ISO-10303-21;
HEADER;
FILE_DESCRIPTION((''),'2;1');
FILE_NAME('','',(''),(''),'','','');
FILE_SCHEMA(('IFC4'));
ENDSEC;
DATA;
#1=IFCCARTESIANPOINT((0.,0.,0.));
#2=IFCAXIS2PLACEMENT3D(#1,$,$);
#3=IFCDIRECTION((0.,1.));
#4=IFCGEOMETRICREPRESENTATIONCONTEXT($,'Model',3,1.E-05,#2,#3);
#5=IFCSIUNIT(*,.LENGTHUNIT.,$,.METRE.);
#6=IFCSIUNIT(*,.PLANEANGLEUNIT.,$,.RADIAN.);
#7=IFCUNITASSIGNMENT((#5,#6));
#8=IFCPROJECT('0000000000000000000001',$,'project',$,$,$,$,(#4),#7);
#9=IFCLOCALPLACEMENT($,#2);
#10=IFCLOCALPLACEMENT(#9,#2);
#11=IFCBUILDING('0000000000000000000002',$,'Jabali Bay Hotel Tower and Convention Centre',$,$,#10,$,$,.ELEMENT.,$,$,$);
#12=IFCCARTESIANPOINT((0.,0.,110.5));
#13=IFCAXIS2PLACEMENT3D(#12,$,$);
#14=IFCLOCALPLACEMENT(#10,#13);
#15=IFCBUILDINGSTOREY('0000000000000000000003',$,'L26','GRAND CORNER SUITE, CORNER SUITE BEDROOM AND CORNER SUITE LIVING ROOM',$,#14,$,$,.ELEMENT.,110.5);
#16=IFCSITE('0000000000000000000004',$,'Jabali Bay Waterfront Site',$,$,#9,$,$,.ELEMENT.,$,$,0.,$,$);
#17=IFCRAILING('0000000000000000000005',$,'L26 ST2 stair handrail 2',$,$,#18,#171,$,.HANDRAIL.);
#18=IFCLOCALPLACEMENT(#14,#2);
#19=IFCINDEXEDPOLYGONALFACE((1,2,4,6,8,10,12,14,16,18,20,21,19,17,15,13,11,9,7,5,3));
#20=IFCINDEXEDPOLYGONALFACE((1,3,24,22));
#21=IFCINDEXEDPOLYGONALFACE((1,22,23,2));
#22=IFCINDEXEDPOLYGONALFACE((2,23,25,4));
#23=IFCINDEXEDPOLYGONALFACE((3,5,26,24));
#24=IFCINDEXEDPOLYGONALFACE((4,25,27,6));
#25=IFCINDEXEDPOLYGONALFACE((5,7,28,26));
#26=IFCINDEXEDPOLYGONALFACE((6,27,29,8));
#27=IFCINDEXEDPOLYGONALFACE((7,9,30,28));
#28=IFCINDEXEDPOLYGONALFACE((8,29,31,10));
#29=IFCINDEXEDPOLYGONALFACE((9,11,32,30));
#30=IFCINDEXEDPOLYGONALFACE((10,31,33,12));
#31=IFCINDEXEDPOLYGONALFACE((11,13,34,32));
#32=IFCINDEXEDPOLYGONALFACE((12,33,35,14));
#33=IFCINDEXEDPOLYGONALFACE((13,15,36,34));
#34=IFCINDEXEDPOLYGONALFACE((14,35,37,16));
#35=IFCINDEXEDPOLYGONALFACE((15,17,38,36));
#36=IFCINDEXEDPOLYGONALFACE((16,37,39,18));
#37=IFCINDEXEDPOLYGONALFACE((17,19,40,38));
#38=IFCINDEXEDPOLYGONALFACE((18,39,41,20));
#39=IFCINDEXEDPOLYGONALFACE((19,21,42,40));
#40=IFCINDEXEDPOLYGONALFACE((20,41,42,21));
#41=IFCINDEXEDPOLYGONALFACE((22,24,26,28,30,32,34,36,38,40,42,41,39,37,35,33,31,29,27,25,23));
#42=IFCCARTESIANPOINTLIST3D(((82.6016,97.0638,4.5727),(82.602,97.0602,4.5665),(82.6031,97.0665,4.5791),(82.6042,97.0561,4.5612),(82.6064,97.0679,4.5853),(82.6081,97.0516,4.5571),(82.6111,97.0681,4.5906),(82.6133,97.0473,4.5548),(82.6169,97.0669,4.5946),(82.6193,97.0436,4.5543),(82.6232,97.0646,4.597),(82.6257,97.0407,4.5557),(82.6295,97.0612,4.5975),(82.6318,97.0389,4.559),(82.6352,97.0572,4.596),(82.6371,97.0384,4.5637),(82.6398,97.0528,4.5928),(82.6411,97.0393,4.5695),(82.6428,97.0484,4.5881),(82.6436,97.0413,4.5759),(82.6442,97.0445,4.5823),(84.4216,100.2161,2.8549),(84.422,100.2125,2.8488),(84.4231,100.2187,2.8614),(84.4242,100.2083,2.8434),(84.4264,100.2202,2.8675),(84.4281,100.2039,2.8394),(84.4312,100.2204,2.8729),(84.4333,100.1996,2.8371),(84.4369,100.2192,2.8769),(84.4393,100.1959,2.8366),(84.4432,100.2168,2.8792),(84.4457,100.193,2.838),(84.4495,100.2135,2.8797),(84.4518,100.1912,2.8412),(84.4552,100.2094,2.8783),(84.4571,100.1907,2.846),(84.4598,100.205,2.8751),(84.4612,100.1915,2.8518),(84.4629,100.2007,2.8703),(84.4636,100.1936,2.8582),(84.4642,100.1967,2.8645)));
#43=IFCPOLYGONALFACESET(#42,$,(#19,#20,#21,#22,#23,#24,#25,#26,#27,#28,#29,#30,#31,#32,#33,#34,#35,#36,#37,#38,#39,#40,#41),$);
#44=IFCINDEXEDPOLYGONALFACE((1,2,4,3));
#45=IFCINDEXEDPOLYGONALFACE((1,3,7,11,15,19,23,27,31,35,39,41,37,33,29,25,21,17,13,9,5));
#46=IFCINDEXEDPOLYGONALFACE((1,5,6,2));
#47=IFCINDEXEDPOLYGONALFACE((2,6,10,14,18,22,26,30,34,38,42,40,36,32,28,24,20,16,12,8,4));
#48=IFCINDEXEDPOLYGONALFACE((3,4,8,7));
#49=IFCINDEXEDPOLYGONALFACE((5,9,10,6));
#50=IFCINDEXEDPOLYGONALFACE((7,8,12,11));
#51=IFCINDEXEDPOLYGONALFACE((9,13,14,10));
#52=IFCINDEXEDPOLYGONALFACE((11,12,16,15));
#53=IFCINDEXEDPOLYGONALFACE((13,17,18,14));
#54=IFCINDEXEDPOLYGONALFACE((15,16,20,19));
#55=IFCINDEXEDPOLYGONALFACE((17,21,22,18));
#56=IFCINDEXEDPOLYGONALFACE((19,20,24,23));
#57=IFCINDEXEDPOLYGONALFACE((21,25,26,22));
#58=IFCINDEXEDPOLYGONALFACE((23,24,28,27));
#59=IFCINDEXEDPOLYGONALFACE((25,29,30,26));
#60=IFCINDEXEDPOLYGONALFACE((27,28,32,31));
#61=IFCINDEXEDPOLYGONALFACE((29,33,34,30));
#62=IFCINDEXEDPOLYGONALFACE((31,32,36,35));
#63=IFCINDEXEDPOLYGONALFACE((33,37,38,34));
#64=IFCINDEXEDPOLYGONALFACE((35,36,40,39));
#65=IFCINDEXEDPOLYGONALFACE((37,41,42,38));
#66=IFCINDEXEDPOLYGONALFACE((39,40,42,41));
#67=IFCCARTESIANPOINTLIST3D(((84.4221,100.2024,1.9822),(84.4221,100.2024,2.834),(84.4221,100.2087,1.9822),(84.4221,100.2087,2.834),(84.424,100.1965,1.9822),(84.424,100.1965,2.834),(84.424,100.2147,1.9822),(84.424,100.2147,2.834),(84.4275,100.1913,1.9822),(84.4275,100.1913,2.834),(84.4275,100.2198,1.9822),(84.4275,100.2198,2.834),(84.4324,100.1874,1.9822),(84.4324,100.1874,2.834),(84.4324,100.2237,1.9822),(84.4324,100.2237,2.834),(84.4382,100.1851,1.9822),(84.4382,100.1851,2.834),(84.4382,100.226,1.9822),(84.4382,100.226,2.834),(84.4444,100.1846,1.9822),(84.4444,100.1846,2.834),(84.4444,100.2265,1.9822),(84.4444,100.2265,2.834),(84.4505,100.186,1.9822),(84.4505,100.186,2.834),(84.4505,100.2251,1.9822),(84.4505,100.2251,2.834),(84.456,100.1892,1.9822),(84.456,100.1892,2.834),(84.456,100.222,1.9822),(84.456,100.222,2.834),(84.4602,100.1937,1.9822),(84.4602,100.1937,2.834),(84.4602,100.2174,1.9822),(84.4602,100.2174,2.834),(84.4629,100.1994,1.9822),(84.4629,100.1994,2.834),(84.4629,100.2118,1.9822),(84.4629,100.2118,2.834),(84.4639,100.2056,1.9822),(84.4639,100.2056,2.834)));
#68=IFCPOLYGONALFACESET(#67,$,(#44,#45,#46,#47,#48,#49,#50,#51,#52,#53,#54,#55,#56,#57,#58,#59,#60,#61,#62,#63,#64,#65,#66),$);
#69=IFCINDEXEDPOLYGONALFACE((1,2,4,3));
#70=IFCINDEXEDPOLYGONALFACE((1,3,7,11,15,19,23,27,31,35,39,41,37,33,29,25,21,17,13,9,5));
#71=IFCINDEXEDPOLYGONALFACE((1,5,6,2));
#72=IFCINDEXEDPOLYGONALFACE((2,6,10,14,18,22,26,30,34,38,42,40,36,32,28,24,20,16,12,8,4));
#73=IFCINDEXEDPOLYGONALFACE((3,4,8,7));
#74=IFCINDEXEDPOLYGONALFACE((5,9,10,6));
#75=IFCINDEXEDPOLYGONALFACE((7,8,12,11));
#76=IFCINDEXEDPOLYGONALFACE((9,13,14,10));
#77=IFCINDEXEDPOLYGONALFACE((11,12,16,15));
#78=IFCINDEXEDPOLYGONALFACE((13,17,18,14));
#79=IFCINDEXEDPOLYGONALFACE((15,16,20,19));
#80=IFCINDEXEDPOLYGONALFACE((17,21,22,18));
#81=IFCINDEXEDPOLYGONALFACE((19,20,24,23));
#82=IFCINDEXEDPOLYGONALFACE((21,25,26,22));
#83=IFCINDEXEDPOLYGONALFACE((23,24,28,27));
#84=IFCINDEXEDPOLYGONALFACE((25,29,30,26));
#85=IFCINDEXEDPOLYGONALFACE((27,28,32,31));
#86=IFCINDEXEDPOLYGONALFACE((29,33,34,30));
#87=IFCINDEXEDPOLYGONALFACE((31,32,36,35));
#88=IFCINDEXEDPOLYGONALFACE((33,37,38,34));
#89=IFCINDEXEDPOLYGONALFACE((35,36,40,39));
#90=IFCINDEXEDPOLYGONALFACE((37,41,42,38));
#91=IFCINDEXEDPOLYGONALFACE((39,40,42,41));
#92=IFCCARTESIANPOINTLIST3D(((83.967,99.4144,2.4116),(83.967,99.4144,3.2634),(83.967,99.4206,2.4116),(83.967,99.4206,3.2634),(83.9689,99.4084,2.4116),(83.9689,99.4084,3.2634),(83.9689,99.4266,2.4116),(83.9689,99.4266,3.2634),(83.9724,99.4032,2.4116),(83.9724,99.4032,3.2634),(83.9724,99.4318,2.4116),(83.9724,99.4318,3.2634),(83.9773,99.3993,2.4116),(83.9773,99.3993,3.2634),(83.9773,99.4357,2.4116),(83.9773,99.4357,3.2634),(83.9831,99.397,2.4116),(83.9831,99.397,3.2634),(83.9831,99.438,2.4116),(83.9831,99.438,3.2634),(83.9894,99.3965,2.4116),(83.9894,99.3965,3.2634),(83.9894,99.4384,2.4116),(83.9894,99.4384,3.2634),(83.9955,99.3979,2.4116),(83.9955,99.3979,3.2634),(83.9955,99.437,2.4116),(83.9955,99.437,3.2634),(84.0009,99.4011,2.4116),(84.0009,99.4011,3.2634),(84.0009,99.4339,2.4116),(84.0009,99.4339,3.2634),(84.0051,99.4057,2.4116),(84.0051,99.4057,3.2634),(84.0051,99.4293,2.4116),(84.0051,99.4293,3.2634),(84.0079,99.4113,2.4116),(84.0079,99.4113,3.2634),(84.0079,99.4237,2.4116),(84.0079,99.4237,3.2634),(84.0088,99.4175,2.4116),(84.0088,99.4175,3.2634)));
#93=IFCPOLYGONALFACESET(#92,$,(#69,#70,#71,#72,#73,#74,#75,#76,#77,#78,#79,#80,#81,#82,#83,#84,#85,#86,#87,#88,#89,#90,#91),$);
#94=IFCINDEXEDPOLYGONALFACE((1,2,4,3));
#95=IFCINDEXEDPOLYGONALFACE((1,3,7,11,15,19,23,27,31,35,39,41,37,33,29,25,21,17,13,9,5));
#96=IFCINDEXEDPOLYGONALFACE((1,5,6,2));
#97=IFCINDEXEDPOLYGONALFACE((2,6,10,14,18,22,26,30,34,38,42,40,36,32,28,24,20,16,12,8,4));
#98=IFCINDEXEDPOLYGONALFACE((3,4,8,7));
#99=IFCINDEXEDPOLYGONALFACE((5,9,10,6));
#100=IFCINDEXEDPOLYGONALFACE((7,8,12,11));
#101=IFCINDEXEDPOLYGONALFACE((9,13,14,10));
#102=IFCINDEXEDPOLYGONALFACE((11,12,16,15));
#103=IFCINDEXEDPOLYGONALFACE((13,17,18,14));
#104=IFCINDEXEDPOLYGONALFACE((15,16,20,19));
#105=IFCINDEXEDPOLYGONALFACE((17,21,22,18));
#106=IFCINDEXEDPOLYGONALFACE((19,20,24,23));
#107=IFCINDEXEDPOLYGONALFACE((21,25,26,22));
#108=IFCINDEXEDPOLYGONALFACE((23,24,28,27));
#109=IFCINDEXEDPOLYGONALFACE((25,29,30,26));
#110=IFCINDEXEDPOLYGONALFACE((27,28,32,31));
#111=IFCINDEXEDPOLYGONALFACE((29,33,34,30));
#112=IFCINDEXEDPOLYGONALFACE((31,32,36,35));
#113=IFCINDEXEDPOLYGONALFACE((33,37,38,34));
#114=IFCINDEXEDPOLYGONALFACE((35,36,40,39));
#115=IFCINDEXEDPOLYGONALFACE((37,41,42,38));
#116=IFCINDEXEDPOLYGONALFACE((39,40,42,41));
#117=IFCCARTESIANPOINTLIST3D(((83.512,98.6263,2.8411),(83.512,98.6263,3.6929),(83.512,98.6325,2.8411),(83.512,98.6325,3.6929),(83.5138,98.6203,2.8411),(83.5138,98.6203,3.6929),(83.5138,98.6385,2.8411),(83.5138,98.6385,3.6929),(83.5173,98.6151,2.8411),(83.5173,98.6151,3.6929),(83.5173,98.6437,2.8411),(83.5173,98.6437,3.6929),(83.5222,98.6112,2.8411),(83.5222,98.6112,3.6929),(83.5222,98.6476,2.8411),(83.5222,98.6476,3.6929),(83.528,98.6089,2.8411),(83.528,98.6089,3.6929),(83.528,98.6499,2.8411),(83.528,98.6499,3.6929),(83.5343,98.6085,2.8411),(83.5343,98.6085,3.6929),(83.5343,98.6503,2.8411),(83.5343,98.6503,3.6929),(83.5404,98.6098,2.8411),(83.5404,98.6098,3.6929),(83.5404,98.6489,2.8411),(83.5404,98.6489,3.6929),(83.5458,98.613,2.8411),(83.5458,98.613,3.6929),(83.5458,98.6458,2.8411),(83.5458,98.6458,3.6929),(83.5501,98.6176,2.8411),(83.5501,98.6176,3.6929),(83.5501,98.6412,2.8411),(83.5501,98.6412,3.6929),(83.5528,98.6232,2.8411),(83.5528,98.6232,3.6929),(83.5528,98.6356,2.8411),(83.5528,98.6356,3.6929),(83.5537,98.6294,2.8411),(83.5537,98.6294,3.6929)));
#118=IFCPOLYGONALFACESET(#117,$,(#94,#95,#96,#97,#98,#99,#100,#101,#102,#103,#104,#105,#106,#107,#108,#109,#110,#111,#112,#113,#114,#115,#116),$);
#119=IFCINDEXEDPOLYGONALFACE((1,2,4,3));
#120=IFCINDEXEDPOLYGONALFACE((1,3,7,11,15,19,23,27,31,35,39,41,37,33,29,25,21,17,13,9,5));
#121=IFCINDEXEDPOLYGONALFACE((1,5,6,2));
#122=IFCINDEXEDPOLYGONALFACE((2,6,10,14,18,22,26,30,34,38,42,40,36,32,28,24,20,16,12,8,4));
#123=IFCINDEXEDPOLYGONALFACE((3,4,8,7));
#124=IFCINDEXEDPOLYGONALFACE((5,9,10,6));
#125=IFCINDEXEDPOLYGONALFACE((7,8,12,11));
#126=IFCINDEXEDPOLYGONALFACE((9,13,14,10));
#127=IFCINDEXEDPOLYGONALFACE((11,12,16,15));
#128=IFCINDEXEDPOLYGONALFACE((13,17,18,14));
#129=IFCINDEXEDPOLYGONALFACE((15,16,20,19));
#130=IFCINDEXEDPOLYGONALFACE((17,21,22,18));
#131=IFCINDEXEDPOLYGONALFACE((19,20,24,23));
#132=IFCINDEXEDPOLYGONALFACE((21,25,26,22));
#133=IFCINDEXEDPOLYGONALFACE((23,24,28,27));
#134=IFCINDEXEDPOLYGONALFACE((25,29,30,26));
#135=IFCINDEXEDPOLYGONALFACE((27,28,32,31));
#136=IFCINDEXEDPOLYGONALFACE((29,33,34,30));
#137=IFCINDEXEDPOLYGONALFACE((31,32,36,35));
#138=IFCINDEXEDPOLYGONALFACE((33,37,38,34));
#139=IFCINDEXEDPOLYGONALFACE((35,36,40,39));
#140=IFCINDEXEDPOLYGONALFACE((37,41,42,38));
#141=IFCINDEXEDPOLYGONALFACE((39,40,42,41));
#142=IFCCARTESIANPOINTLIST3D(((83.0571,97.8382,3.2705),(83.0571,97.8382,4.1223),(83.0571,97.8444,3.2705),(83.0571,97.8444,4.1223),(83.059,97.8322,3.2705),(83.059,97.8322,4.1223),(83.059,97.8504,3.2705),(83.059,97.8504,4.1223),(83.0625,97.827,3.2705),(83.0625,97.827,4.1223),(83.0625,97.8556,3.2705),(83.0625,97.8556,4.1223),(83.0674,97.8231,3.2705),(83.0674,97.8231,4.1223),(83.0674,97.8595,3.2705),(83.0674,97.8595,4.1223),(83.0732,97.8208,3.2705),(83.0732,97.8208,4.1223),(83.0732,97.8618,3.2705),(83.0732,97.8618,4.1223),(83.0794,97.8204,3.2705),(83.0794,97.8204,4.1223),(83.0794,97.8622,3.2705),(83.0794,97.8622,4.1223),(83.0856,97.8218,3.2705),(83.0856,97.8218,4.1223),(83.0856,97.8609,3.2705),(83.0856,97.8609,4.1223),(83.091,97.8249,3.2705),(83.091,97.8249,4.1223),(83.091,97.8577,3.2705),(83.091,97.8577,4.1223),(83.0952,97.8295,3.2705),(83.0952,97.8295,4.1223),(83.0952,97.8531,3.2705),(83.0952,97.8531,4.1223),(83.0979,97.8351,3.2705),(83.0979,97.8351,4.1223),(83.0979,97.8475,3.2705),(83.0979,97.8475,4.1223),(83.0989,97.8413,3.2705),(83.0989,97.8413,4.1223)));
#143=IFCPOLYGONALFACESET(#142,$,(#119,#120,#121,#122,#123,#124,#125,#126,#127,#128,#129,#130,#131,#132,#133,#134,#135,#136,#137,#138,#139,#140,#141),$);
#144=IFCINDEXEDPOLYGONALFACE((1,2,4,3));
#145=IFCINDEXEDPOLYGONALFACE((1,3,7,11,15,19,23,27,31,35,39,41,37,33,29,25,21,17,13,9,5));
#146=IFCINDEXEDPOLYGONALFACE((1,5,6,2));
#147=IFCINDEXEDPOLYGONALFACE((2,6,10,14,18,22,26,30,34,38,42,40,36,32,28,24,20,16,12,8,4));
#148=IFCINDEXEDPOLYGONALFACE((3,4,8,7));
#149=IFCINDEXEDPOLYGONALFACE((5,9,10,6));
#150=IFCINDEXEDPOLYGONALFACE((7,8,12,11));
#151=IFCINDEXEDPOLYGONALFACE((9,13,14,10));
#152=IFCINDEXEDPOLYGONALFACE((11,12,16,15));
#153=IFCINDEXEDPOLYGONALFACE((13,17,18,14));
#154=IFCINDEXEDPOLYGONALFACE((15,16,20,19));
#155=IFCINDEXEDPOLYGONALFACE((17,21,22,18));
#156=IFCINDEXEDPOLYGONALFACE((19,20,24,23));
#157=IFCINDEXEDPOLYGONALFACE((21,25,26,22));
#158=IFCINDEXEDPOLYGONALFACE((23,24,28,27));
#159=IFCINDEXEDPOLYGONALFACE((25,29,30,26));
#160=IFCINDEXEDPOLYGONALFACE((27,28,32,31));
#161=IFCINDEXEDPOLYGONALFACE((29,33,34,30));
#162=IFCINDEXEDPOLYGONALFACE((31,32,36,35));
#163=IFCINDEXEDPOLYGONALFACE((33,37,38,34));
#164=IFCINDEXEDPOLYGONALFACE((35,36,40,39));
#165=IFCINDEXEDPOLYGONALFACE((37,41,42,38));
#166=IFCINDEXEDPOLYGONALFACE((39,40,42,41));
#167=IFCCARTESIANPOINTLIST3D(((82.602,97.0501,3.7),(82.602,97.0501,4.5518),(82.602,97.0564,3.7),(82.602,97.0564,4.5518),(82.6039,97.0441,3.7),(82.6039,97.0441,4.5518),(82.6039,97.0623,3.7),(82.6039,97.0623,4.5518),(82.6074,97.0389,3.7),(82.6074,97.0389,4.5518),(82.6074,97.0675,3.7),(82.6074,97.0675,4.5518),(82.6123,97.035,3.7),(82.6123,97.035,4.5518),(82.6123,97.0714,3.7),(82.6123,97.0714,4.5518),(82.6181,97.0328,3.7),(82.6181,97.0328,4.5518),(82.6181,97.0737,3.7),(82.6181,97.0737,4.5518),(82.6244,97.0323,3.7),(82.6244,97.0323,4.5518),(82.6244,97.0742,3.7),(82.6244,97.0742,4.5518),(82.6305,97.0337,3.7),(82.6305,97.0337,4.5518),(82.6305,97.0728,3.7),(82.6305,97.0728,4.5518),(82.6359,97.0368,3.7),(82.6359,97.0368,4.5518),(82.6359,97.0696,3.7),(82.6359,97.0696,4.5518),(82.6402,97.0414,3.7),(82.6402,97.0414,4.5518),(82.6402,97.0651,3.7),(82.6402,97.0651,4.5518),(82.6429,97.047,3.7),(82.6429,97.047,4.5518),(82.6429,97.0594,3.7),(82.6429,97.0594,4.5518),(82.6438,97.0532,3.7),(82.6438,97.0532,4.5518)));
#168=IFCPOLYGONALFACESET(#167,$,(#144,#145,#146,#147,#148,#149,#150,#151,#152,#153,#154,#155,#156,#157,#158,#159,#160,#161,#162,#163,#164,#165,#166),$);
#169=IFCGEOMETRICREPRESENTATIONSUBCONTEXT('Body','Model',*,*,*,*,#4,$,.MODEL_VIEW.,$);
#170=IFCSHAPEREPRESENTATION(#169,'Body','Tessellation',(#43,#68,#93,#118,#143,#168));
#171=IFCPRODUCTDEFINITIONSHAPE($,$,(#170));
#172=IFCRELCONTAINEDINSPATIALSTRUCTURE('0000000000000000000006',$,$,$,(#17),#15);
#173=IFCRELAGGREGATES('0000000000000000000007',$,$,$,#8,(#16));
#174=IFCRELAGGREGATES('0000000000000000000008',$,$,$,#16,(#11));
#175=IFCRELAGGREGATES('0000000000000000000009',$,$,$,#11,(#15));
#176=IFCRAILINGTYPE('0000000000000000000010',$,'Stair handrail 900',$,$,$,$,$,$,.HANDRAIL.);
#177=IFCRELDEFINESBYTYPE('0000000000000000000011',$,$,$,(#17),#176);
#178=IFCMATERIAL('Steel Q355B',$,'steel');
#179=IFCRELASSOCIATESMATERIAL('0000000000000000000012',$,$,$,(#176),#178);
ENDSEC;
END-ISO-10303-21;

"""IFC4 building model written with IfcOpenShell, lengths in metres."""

from ifc_helpers import new_model, si_unit, direction, frame, origin, origin_2d, place, context, subcontext, project, spatial, circle, extrude, material, type_object, element, save


model = new_model("IFC4")

# Units and contexts
model_context = context("Model", 3, precision=1e-05, world=origin(), true_north=direction((0.0, 1.0)))
body_context = subcontext(model_context, "Body", "Model", "MODEL_VIEW")
ifc_project = project(units=[si_unit("LENGTHUNIT", "METRE"), si_unit("PLANEANGLEUNIT", "RADIAN")], contexts=[model_context])

# Site, building, storey
site_placement = place(None, origin())
site = spatial("IfcSite", under=ifc_project, at=site_placement, Name="Jabali Bay Waterfront Site", CompositionType="ELEMENT", RefElevation=0.0)
building_placement = place(site_placement, origin())
building = spatial("IfcBuilding", under=site, at=building_placement, Name="Jabali Bay Hotel Tower and Convention Centre", CompositionType="ELEMENT")
storey_placement = place(building_placement, frame((0.0, 0.0, 110.5)))
storey = spatial("IfcBuildingStorey", under=building, at=storey_placement, Name="L26", Description="GRAND CORNER SUITE, CORNER SUITE BEDROOM AND CORNER SUITE LIVING ROOM", CompositionType="ELEMENT", Elevation=110.5)

# Railing
ifc_material_1 = material(Name="Steel Q355B", Category="steel")
railing_type_1 = type_object("IfcRailingType", Name="Stair handrail 900", PredefinedType="HANDRAIL", material=ifc_material_1)
railing_1_placement = place(storey_placement, frame((84.4429, 100.2056, 1.9822)))
element("IfcRailing", 1, at=railing_1_placement, inside=storey, type_object=railing_type_1, Name="L26 ST2 stair handrail 2", PredefinedType="HANDRAIL", context=body_context, shape_type="SweptSolid", body=[
    extrude(circle(Radius=0.0239, at=origin_2d()), frame((0.0, 0.0, 0.876), z_axis=(-0.45219, -0.78319, 0.426775), x_axis=(0.866018, -0.500013, 0.0)), (0.0, 0.0, 1.0), 4.0249),
    extrude(circle(Radius=0.021, at=origin_2d()), origin(), (0.0, 0.0, 1.0), 0.8518),
    extrude(circle(Radius=0.021, at=origin_2d()), frame((-0.4551, -0.7881, 0.4294)), (0.0, 0.0, 1.0), 0.8518),
    extrude(circle(Radius=0.021, at=origin_2d()), frame((-0.9102, -1.5762, 0.8589)), (0.0, 0.0, 1.0), 0.8518),
    extrude(circle(Radius=0.021, at=origin_2d()), frame((-1.365, -2.3643, 1.2883)), (0.0, 0.0, 1.0), 0.8518),
    extrude(circle(Radius=0.021, at=origin_2d()), frame((-1.8201, -3.1523, 1.7178)), (0.0, 0.0, 1.0), 0.8518),
])

save(model, "model.ifc")
